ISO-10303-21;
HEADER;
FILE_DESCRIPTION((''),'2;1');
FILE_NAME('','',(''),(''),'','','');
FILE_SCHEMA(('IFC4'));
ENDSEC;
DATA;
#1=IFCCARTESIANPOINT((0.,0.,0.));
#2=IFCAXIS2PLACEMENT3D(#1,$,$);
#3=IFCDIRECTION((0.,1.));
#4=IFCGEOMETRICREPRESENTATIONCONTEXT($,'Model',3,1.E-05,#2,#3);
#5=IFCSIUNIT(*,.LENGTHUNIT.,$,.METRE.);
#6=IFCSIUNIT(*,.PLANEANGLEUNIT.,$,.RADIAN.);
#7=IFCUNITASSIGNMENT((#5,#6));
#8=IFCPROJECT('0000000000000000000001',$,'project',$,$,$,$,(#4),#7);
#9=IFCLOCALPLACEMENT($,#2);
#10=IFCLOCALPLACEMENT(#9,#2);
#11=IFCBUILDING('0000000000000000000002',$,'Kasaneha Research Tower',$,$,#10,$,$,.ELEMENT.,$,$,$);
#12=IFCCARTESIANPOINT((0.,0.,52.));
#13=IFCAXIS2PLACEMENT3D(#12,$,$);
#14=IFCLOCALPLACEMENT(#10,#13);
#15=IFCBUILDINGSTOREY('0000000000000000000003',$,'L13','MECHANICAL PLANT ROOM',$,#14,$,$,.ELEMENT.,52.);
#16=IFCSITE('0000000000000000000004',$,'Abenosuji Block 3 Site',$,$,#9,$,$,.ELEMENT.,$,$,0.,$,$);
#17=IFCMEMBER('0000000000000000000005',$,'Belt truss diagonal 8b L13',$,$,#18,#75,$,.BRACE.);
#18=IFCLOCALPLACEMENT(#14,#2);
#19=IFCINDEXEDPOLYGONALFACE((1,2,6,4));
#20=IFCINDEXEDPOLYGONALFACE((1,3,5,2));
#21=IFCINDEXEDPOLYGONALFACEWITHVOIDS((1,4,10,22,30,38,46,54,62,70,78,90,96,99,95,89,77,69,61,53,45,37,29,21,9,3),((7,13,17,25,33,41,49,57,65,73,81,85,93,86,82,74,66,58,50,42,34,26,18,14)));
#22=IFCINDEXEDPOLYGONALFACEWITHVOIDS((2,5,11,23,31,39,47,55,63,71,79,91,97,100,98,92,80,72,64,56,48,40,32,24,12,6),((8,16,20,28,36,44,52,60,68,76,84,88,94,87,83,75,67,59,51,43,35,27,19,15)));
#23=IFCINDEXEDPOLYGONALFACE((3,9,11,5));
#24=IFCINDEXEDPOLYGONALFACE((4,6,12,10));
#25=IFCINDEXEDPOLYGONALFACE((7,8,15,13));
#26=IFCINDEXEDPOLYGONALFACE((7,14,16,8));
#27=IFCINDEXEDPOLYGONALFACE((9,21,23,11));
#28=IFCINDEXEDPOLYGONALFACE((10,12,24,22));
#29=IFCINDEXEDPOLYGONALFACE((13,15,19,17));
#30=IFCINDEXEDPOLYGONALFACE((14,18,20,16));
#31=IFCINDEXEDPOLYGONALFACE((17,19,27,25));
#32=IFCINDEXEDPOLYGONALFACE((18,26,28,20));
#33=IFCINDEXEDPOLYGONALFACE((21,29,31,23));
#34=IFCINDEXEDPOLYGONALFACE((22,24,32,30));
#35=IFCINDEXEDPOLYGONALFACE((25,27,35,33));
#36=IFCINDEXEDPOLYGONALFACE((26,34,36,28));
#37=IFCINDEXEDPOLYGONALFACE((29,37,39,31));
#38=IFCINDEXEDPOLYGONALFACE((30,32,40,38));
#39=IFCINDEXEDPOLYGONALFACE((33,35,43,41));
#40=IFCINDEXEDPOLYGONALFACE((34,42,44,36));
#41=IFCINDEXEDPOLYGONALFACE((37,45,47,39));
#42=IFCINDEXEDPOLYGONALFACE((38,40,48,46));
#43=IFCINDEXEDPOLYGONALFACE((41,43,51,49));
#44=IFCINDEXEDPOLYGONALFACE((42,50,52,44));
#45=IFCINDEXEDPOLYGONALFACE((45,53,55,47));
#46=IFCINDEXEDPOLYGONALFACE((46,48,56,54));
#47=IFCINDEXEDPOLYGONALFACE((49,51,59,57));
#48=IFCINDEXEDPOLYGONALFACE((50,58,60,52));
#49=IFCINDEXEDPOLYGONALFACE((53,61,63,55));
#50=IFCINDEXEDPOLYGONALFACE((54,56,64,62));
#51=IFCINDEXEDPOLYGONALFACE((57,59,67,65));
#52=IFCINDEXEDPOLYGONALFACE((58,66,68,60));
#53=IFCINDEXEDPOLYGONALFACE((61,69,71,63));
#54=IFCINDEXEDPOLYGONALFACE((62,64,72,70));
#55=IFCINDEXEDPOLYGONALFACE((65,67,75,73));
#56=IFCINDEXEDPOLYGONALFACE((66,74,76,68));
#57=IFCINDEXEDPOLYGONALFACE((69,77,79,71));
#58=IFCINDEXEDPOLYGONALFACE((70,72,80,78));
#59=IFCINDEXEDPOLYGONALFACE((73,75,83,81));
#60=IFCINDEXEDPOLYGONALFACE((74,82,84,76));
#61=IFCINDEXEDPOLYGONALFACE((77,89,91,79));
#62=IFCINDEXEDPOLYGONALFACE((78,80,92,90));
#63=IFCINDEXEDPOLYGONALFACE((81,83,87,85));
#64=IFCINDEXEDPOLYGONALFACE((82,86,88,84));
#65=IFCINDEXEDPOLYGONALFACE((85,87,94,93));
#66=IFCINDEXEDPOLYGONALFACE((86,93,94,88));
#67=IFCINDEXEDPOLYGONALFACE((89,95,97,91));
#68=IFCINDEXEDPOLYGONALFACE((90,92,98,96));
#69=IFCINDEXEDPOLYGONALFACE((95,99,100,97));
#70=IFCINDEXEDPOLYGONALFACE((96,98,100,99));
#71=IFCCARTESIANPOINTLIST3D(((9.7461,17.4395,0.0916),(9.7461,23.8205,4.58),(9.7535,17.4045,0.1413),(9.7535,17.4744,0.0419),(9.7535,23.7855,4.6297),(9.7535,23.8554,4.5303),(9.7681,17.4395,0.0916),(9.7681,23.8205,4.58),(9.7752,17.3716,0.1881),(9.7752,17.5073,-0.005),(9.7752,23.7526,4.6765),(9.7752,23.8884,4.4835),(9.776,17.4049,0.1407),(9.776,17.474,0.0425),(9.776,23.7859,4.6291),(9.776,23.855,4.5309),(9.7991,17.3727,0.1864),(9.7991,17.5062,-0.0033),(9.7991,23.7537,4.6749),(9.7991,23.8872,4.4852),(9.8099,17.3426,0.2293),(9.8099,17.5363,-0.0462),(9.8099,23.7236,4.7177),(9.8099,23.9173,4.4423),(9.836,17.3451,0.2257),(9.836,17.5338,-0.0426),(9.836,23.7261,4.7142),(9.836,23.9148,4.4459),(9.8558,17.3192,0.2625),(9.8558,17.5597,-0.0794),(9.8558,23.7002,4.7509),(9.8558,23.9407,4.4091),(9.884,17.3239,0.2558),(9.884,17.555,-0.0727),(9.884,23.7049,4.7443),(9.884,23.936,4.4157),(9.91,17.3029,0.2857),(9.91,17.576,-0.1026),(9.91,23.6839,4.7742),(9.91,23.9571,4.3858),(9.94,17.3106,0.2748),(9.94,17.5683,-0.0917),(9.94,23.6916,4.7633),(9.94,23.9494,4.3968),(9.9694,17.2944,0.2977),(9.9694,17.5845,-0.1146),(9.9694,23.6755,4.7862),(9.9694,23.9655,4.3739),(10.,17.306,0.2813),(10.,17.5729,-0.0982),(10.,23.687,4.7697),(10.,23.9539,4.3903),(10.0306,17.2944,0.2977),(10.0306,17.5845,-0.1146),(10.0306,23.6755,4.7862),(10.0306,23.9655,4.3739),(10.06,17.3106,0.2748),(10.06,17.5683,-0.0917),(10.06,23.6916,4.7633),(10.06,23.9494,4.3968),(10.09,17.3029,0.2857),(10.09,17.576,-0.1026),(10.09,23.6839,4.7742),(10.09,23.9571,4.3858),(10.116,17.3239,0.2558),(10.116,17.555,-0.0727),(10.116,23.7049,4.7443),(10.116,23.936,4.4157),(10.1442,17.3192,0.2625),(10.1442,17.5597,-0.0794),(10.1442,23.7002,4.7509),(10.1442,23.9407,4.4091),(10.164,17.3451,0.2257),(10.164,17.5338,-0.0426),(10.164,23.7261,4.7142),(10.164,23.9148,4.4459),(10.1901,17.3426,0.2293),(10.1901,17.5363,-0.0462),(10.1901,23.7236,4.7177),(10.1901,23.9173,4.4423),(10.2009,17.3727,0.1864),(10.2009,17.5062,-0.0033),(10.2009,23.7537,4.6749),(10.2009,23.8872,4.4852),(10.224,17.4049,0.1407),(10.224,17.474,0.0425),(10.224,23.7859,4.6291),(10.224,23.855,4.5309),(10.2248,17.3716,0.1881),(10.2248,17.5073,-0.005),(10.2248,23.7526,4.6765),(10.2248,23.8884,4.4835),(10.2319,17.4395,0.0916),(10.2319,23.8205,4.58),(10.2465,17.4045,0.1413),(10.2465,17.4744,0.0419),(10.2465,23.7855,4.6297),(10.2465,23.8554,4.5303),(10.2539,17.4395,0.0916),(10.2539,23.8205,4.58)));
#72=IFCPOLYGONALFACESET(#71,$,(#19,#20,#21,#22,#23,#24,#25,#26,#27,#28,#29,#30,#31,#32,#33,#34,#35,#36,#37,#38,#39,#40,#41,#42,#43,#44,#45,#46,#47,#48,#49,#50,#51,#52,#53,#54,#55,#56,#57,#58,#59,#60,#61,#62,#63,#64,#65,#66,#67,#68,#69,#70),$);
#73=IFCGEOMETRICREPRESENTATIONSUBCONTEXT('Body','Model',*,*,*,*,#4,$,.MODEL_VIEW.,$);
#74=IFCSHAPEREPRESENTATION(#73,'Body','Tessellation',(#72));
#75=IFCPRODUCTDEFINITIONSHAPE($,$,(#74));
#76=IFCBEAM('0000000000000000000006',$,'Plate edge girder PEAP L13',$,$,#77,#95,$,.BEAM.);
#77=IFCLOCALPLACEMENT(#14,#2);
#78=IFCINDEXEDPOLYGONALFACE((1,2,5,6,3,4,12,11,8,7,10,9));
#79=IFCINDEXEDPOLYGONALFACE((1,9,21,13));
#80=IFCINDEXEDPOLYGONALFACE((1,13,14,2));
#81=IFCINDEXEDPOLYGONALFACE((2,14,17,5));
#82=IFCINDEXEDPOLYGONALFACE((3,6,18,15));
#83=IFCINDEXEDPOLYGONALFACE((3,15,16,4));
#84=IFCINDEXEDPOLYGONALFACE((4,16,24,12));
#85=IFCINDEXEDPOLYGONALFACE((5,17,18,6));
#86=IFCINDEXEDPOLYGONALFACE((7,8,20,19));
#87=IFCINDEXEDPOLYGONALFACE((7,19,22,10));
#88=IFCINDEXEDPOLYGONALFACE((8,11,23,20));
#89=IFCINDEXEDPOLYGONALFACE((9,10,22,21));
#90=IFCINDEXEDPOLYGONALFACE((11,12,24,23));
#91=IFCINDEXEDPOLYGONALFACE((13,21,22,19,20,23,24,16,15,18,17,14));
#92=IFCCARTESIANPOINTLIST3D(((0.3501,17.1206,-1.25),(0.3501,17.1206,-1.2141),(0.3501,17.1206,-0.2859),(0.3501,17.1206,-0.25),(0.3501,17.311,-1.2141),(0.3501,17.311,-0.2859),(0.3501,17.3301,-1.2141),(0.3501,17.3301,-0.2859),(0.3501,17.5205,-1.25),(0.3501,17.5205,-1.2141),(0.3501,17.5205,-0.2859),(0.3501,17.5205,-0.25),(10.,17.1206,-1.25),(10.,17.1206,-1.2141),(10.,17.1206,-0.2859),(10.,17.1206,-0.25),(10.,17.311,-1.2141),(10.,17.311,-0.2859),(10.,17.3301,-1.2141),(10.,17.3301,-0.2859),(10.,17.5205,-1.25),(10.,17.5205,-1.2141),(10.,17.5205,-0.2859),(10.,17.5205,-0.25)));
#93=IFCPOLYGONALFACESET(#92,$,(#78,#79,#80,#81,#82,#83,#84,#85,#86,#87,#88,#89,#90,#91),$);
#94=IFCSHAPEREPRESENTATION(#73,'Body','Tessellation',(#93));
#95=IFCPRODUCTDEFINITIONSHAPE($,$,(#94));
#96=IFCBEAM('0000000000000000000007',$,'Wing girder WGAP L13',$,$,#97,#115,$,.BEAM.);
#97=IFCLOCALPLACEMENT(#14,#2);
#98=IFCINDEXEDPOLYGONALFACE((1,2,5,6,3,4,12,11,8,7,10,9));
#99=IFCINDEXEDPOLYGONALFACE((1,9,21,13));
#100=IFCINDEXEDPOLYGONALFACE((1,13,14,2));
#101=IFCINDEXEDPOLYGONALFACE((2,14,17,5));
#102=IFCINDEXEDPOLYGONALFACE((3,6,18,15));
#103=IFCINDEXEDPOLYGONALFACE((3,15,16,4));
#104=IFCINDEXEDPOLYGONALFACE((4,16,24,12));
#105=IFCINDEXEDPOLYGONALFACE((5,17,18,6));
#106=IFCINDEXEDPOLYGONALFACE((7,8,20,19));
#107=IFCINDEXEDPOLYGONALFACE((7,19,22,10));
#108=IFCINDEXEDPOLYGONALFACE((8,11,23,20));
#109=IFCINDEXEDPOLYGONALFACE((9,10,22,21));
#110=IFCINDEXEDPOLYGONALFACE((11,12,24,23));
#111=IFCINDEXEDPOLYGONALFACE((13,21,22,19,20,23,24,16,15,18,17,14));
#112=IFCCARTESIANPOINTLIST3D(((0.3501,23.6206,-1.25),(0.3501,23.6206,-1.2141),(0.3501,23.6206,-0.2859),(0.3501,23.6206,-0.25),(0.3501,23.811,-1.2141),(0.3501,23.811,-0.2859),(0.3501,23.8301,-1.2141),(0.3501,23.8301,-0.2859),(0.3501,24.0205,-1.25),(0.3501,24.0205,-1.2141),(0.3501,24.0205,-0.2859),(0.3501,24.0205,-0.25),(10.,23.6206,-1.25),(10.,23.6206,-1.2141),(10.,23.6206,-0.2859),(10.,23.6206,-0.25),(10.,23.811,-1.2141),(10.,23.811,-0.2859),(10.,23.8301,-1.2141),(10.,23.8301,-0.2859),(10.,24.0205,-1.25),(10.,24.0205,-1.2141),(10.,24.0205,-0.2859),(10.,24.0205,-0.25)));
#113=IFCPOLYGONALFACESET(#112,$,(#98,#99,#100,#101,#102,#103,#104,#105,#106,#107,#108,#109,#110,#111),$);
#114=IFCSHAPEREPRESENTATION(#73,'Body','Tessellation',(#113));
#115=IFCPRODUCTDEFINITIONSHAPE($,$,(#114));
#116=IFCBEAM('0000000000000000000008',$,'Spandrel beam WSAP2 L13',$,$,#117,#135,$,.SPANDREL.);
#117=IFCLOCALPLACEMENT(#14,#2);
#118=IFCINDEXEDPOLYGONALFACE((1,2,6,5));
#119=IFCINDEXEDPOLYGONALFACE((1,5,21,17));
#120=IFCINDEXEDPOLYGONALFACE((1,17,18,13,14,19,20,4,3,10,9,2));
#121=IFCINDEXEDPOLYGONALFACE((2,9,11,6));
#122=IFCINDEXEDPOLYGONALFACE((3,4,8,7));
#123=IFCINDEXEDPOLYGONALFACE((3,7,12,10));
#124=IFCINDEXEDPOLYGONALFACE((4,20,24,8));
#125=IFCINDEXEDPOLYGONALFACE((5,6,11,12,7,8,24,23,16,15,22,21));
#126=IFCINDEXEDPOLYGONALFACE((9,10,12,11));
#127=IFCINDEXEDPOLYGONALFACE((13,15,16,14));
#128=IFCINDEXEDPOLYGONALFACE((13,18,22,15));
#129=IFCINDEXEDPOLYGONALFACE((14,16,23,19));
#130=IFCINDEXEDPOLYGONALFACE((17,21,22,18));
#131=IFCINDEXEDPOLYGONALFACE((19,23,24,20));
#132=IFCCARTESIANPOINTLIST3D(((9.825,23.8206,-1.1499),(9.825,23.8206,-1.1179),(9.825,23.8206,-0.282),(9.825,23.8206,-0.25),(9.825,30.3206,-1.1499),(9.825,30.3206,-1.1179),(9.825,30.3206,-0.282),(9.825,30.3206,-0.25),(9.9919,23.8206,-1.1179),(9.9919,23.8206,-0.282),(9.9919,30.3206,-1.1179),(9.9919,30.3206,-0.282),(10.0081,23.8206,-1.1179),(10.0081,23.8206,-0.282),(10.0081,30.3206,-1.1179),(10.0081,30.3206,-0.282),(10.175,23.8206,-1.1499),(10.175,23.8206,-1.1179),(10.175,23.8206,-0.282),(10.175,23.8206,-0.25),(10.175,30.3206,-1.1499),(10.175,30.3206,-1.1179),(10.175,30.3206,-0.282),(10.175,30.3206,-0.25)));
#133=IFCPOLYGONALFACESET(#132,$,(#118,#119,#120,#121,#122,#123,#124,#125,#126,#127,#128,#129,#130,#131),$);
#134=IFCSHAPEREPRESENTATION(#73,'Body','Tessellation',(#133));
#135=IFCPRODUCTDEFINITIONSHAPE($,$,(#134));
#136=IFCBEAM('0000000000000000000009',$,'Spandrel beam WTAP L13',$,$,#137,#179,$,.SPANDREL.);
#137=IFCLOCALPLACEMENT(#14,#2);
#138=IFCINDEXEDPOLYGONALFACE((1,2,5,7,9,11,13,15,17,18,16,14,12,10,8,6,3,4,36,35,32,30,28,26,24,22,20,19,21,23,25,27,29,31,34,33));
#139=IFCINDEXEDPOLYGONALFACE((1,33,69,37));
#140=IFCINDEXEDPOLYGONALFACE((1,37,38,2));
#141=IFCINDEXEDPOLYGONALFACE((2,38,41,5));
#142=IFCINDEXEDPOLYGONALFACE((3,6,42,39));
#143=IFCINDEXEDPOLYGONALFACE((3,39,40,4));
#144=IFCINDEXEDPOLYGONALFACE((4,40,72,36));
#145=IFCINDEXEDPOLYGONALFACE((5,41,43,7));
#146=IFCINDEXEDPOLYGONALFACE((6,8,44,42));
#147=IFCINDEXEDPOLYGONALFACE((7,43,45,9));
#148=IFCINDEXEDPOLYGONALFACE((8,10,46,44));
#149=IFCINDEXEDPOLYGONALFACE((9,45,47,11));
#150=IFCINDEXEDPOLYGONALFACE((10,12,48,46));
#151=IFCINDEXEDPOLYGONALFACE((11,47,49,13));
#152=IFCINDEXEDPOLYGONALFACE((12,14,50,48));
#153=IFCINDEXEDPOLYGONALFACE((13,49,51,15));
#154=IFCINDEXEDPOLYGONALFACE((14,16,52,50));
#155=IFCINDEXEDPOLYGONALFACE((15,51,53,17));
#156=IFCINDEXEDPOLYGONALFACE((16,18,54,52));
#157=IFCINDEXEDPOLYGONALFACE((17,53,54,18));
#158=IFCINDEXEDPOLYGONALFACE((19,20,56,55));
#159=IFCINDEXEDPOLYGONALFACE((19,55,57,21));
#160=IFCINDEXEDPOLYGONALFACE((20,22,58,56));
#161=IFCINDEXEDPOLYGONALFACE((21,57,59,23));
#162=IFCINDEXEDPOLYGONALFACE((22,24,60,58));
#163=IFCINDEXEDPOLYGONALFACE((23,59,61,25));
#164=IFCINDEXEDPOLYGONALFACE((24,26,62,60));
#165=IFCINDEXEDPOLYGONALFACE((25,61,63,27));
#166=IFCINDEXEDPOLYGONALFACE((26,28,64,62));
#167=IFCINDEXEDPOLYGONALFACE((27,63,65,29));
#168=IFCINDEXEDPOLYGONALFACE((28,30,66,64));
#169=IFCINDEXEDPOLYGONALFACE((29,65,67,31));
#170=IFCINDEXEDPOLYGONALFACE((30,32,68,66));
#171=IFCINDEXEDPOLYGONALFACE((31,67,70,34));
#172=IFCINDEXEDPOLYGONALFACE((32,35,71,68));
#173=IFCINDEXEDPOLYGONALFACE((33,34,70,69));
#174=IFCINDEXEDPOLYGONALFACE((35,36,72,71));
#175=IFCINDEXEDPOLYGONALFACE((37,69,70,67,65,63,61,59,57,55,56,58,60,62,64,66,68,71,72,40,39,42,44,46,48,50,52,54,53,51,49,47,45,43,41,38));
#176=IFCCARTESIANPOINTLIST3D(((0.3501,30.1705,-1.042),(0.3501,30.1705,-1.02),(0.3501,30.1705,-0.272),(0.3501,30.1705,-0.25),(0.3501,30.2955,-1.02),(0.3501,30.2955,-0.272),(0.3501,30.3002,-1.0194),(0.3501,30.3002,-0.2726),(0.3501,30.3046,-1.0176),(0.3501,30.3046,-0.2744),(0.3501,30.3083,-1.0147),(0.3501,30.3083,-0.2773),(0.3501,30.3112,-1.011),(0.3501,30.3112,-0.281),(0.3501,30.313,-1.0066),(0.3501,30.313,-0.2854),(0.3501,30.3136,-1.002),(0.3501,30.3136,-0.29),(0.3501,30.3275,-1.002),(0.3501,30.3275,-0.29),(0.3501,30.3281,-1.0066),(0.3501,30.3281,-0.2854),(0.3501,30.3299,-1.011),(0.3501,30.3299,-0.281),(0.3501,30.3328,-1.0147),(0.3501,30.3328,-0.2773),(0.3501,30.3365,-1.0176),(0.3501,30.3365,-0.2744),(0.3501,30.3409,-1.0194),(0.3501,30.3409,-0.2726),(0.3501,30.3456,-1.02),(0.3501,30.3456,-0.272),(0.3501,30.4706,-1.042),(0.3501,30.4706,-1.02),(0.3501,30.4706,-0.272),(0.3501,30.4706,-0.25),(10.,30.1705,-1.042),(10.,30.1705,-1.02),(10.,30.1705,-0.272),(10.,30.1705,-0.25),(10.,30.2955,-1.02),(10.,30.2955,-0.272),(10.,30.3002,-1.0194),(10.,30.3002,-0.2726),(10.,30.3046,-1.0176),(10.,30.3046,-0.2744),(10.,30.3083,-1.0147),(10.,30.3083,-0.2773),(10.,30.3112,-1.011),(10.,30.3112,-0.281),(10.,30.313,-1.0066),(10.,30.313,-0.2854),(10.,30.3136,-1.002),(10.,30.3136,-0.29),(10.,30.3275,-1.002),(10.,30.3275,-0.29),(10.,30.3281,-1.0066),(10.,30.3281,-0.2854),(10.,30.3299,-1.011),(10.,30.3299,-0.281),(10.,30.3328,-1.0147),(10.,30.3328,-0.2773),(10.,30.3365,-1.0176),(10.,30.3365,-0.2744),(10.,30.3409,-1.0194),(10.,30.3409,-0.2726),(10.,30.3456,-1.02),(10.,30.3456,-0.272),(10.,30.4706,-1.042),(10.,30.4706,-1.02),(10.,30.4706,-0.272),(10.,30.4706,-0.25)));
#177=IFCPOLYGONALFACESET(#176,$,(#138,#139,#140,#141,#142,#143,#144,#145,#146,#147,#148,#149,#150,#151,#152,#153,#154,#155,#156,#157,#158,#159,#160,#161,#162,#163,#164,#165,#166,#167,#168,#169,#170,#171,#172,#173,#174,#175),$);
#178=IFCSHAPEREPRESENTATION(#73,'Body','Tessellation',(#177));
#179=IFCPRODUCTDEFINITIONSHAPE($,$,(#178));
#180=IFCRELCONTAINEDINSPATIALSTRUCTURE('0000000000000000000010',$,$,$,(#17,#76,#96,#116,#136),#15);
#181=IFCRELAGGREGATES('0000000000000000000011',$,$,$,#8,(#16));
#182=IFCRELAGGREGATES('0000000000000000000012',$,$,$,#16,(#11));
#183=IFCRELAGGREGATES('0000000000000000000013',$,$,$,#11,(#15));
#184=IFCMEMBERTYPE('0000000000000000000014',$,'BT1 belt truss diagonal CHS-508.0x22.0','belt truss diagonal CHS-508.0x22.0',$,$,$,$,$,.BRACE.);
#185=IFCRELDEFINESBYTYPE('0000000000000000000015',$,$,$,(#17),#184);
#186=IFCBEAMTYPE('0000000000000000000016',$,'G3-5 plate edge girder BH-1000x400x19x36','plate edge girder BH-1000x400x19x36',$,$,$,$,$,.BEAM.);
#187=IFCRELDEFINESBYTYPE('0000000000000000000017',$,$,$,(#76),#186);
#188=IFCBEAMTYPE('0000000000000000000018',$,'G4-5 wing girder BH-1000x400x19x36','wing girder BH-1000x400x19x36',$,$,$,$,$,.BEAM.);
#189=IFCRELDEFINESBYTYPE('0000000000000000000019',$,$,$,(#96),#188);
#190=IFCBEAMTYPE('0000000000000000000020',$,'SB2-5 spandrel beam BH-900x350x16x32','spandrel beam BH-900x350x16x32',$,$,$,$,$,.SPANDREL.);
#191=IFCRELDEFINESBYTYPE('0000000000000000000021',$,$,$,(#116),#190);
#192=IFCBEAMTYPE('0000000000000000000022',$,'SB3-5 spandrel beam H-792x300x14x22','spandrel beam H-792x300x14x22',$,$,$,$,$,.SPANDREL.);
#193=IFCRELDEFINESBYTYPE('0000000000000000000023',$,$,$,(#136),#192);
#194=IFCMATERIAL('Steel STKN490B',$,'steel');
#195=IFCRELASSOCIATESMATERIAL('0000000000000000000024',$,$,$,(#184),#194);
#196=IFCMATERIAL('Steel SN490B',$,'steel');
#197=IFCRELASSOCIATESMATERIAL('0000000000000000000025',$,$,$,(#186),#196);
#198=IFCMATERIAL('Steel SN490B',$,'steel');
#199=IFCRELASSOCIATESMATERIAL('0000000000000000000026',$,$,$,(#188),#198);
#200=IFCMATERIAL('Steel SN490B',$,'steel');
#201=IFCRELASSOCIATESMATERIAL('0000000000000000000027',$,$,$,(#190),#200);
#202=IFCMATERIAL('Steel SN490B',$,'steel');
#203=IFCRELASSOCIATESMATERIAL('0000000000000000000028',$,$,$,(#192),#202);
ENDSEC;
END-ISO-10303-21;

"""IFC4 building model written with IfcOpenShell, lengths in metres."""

from ifc_helpers import new_model, si_unit, direction, frame, origin, origin_2d, place, context, subcontext, project, spatial, hollow_circle, i_section, extrude, material, material_profile, profile_set, type_object, element, save


model = new_model("IFC4")

# Units and contexts
model_context = context("Model", 3, precision=1e-05, world=origin(), true_north=direction((0.0, 1.0)))
body_context = subcontext(model_context, "Body", "Model", "MODEL_VIEW")
ifc_project = project(units=[si_unit("LENGTHUNIT", "METRE"), si_unit("PLANEANGLEUNIT", "RADIAN")], contexts=[model_context])

# Site, building, storey
site_placement = place(None, origin())
site = spatial("IfcSite", under=ifc_project, at=site_placement, Name="Abenosuji Block 3 Site", CompositionType="ELEMENT", RefElevation=0.0)
building_placement = place(site_placement, origin())
building = spatial("IfcBuilding", under=site, at=building_placement, Name="Kasaneha Research Tower", CompositionType="ELEMENT")
storey_placement = place(building_placement, frame((0.0, 0.0, 52.0)))
storey = spatial("IfcBuildingStorey", under=building, at=storey_placement, Name="L13", Description="MECHANICAL PLANT ROOM", CompositionType="ELEMENT", Elevation=52.0)

# Member
ifc_material_1 = material(Name="Steel STKN490B", Category="steel")
ifc_material_profile_1 = material_profile(ifc_material_1, hollow_circle(Radius=0.2539, WallThickness=0.022, at=origin_2d()), Name="CHS-508.0x22.0")
ifc_profile_set_1 = profile_set([ifc_material_profile_1], Name="Steel STKN490B")
member_type = type_object("IfcMemberType", Name="BT1 belt truss diagonal CHS-508.0x22.0", Description="belt truss diagonal CHS-508.0x22.0", PredefinedType="BRACE", material=ifc_profile_set_1)
for number, where, z_axis, x_axis, name in (
    (1, (10.0, 17.4395, 0.0916), (0.0, 0.81792, 0.575332), (-1.0, 0.0, 0.0), "Belt truss diagonal 8b L13"),
):
    element("IfcMember", number, at=place(storey_placement, frame(where, z_axis=z_axis, x_axis=x_axis)), inside=storey, type_object=member_type, Name=name, PredefinedType="BRACE", context=body_context, shape_type="SweptSolid", body=[
        extrude(hollow_circle(Radius=0.2539, WallThickness=0.022, at=origin_2d()), origin(), (0.0, 0.0, 1.0), 7.8015),
    ])

# Beams
ifc_material_2 = material(Name="Steel SN490B", Category="steel")
ifc_material_profile_2 = material_profile(ifc_material_2, i_section(OverallWidth=0.3999, OverallDepth=1.0, WebThickness=0.019, FlangeThickness=0.0359, at=origin_2d()), Name="BH-1000x400x19x36")
ifc_profile_set_2 = profile_set([ifc_material_profile_2], Name="Steel SN490B")
beam_type_1 = type_object("IfcBeamType", Name="G3-5 plate edge girder BH-1000x400x19x36", Description="plate edge girder BH-1000x400x19x36", PredefinedType="BEAM", material=ifc_profile_set_2)
beam_1_placement = place(storey_placement, frame((10.0, 17.3206, -0.75), z_axis=(-1.0, 0.0, 0.0), x_axis=(0.0, -1.0, 0.0)))
element("IfcBeam", 2, at=beam_1_placement, inside=storey, type_object=beam_type_1, Name="Plate edge girder PEAP L13", PredefinedType="BEAM", context=body_context, shape_type="SweptSolid", body=[
    extrude(i_section(OverallWidth=0.3999, OverallDepth=1.0, WebThickness=0.019, FlangeThickness=0.0359, at=origin_2d()), origin(), (0.0, 0.0, 1.0), 9.6499),
])
ifc_material_3 = material(Name="Steel SN490B", Category="steel")
ifc_material_profile_3 = material_profile(ifc_material_3, i_section(OverallWidth=0.3999, OverallDepth=1.0, WebThickness=0.019, FlangeThickness=0.0359, at=origin_2d()), Name="BH-1000x400x19x36")
ifc_profile_set_3 = profile_set([ifc_material_profile_3], Name="Steel SN490B")
beam_type_2 = type_object("IfcBeamType", Name="G4-5 wing girder BH-1000x400x19x36", Description="wing girder BH-1000x400x19x36", PredefinedType="BEAM", material=ifc_profile_set_3)
beam_2_placement = place(storey_placement, frame((10.0, 23.8206, -0.75), z_axis=(-1.0, 0.0, 0.0), x_axis=(0.0, -1.0, 0.0)))
element("IfcBeam", 3, at=beam_2_placement, inside=storey, type_object=beam_type_2, Name="Wing girder WGAP L13", PredefinedType="BEAM", context=body_context, shape_type="SweptSolid", body=[
    extrude(i_section(OverallWidth=0.3999, OverallDepth=1.0, WebThickness=0.019, FlangeThickness=0.0359, at=origin_2d()), origin(), (0.0, 0.0, 1.0), 9.6499),
])
ifc_material_4 = material(Name="Steel SN490B", Category="steel")
ifc_material_profile_4 = material_profile(ifc_material_4, i_section(OverallWidth=0.3501, OverallDepth=0.8999, WebThickness=0.0161, FlangeThickness=0.032, at=origin_2d()), Name="BH-900x350x16x32")
ifc_profile_set_4 = profile_set([ifc_material_profile_4], Name="Steel SN490B")
beam_type_3 = type_object("IfcBeamType", Name="SB2-5 spandrel beam BH-900x350x16x32", Description="spandrel beam BH-900x350x16x32", PredefinedType="SPANDREL", material=ifc_profile_set_4)
beam_3_placement = place(storey_placement, frame((10.0, 23.8206, -0.7), z_axis=(0.0, 1.0, 0.0), x_axis=(-1.0, 0.0, 0.0)))
element("IfcBeam", 4, at=beam_3_placement, inside=storey, type_object=beam_type_3, Name="Spandrel beam WSAP2 L13", PredefinedType="SPANDREL", context=body_context, shape_type="SweptSolid", body=[
    extrude(i_section(OverallWidth=0.3501, OverallDepth=0.8999, WebThickness=0.0161, FlangeThickness=0.032, at=origin_2d()), origin(), (0.0, 0.0, 1.0), 6.5),
])
ifc_material_5 = material(Name="Steel SN490B", Category="steel")
ifc_material_profile_5 = material_profile(ifc_material_5, i_section(OverallWidth=0.3, OverallDepth=0.792, WebThickness=0.0139, FlangeThickness=0.022, FilletRadius=0.0181, at=origin_2d()), Name="H-792x300x14x22")
ifc_profile_set_5 = profile_set([ifc_material_profile_5], Name="Steel SN490B")
beam_type_4 = type_object("IfcBeamType", Name="SB3-5 spandrel beam H-792x300x14x22", Description="spandrel beam H-792x300x14x22", PredefinedType="SPANDREL", material=ifc_profile_set_5)
beam_4_placement = place(storey_placement, frame((10.0, 30.3206, -0.646), z_axis=(-1.0, 0.0, 0.0), x_axis=(0.0, -1.0, 0.0)))
element("IfcBeam", 5, at=beam_4_placement, inside=storey, type_object=beam_type_4, Name="Spandrel beam WTAP L13", PredefinedType="SPANDREL", context=body_context, shape_type="SweptSolid", body=[
    extrude(i_section(OverallWidth=0.3, OverallDepth=0.792, WebThickness=0.0139, FlangeThickness=0.022, FilletRadius=0.0181, at=origin_2d()), origin(), (0.0, 0.0, 1.0), 9.6499),
])

save(model, "model.ifc")
